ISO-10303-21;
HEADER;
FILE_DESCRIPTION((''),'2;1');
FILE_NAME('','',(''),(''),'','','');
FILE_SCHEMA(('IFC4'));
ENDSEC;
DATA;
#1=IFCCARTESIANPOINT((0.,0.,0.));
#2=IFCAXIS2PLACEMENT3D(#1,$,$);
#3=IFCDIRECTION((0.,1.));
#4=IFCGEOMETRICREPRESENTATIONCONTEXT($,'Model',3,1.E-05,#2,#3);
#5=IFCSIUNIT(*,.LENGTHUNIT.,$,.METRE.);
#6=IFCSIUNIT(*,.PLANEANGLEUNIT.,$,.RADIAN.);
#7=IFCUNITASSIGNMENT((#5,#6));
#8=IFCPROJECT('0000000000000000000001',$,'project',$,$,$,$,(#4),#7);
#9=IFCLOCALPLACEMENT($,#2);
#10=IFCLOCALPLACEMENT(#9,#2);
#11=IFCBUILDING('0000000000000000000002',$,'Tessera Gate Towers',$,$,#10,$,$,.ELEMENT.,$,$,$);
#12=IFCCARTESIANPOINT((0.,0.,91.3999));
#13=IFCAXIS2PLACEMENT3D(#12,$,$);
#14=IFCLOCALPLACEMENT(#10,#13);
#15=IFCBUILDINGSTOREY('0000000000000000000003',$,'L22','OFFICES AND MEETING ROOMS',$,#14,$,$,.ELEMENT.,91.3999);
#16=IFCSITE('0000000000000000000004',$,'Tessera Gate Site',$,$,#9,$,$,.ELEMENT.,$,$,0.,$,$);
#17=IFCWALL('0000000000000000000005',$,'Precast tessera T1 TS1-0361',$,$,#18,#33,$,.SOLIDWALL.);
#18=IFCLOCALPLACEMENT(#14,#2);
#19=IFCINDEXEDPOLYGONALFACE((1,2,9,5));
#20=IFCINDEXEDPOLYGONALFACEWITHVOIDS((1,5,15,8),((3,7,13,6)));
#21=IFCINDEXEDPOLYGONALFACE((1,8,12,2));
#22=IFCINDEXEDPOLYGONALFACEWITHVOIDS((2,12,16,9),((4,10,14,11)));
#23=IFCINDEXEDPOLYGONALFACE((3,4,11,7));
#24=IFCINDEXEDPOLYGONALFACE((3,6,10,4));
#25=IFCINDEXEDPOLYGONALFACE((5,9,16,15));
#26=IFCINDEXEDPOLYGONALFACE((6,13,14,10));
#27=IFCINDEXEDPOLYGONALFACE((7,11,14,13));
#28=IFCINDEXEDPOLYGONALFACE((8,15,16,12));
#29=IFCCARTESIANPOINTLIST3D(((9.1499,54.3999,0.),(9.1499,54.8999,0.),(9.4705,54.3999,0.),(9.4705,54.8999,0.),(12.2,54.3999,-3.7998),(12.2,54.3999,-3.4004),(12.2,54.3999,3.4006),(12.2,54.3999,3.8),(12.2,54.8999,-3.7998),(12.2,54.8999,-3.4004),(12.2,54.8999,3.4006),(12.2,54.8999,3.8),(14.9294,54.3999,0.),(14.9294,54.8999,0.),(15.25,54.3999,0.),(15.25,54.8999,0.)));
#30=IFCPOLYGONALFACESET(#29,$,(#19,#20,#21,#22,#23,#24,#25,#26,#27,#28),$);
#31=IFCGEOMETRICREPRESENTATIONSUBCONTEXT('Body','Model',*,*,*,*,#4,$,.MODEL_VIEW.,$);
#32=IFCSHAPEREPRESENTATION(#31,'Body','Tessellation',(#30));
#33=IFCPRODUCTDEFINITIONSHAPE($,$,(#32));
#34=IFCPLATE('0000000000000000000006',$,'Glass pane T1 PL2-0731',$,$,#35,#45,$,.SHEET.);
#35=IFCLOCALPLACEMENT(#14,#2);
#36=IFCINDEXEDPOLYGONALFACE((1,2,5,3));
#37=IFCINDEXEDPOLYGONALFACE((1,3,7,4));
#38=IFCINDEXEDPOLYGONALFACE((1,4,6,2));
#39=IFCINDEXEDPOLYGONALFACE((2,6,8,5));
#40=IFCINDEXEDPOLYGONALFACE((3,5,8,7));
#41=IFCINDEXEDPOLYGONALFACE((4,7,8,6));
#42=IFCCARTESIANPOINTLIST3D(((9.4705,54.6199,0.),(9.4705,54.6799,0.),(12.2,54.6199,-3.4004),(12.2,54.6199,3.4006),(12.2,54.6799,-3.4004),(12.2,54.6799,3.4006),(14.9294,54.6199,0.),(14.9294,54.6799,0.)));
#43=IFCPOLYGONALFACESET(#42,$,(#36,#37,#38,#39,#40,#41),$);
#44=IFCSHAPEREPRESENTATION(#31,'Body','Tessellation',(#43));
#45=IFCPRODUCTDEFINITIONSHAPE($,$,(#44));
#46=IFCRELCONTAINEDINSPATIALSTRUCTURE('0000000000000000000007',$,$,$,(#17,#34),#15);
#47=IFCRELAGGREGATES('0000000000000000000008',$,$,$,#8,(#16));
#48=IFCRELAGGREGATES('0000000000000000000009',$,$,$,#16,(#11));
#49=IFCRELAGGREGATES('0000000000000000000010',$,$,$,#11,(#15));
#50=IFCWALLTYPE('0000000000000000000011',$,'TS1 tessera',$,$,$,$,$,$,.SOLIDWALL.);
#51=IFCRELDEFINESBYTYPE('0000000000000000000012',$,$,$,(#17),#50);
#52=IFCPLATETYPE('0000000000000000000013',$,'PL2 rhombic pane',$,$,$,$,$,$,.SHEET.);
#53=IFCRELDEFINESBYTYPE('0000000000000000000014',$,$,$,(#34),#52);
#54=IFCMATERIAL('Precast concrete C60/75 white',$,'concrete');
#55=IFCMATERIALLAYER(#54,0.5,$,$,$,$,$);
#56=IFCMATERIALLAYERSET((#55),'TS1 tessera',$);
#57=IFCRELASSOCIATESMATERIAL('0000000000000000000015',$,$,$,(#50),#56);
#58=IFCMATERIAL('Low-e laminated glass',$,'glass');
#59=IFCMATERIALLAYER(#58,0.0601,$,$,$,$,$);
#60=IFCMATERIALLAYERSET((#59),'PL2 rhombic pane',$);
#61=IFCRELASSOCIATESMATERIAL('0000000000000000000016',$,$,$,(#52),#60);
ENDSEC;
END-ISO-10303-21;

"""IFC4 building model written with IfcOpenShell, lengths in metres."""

from ifc_helpers import new_model, si_unit, direction, frame, origin, place, context, subcontext, project, spatial, polyline, outline, extrude, source, transform, mapped, material, layer, layer_set, type_object, element, fill, save


model = new_model("IFC4")

# Units and contexts
model_context = context("Model", 3, precision=1e-05, world=origin(), true_north=direction((0.0, 1.0)))
body_context = subcontext(model_context, "Body", "Model", "MODEL_VIEW")
ifc_project = project(units=[si_unit("LENGTHUNIT", "METRE"), si_unit("PLANEANGLEUNIT", "RADIAN")], contexts=[model_context])

# Site, building, storey
site_placement = place(None, origin())
site = spatial("IfcSite", under=ifc_project, at=site_placement, Name="Tessera Gate Site", CompositionType="ELEMENT", RefElevation=0.0)
building_placement = place(site_placement, origin())
building = spatial("IfcBuilding", under=site, at=building_placement, Name="Tessera Gate Towers", CompositionType="ELEMENT")
storey_placement = place(building_placement, frame((0.0, 0.0, 91.3999)))
storey = spatial("IfcBuildingStorey", under=building, at=storey_placement, Name="L22", Description="OFFICES AND MEETING ROOMS", CompositionType="ELEMENT", Elevation=91.3999)

# Wall, opening, plate
ifc_material_1 = material(Name="Precast concrete C60/75 white", Category="concrete")
ifc_layer_1 = layer(ifc_material_1, 0.5)
ifc_layer_set_1 = layer_set([ifc_layer_1], Name="TS1 tessera")
wall_type_1 = type_object("IfcWallType", Name="TS1 tessera", PredefinedType="SOLIDWALL", material=ifc_layer_set_1)
shared_shape_1 = source(origin(), body_context, "Body", "SweptSolid", [
    extrude(outline(polyline([(3.05, 0.0), (6.1001, 3.7998), (3.05, 7.5999), (0.0, 3.7998), (3.05, 0.0)])), frame((0.0, 0.25, 0.0), z_axis=(0.0, -1.0, 0.0), x_axis=(1.0, 0.0, 0.0)), (0.0, 0.0, 1.0), 0.5),
])
shared_shape_2 = source(origin(), body_context, "Body", "SweptSolid", [
    extrude(outline(polyline([(3.05, 0.3994), (5.7795, 3.7998), (3.05, 7.2004), (0.3206, 3.7998), (3.05, 0.3994)])), frame((0.0, 0.26, 0.0), z_axis=(0.0, -1.0, 0.0), x_axis=(1.0, 0.0, 0.0)), (0.0, 0.0, 1.0), 0.52),
])
ifc_material_2 = material(Name="Low-e laminated glass", Category="glass")
ifc_layer_2 = layer(ifc_material_2, 0.0601)
ifc_layer_set_2 = layer_set([ifc_layer_2], Name="PL2 rhombic pane")
plate_type = type_object("IfcPlateType", Name="PL2 rhombic pane", PredefinedType="SHEET", material=ifc_layer_set_2)
shared_shape_3 = source(origin(), body_context, "Body", "SweptSolid", [
    extrude(outline(polyline([(3.05, 0.3994), (5.7795, 3.7998), (3.05, 7.2004), (0.3206, 3.7998), (3.05, 0.3994)])), frame((0.0, 0.03, 0.0), z_axis=(0.0, -1.0, 0.0), x_axis=(1.0, 0.0, 0.0)), (0.0, 0.0, 1.0), 0.0601),
])
wall_1_placement = place(storey_placement, frame((15.25, 54.6499, -3.7998), z_axis=(0.0, 0.0, 1.0), x_axis=(-1.0, 0.0, 0.0)))
wall_1 = element("IfcWall", 1, at=wall_1_placement, inside=storey, type_object=wall_type_1, Name="Precast tessera T1 TS1-0361", PredefinedType="SOLIDWALL", context=body_context, shape_type="MappedRepresentation", body=[
    mapped(shared_shape_1, transform((0.0, 0.0, 0.0), scale=1.0)),
])
opening_1_placement = place(wall_1_placement, origin())
opening_1 = element("IfcOpeningElement", 2, at=opening_1_placement, cuts=wall_1, PredefinedType="OPENING", context=body_context, shape_type="MappedRepresentation", body=[
    mapped(shared_shape_2, transform((0.0, 0.0, 0.0), scale=1.0)),
])
plate_1_placement = place(opening_1_placement, origin())
plate_1 = element("IfcPlate", 3, at=plate_1_placement, inside=storey, type_object=plate_type, Name="Glass pane T1 PL2-0731", PredefinedType="SHEET", context=body_context, shape_type="MappedRepresentation", body=[
    mapped(shared_shape_3, transform((0.0, 0.0, 0.0), scale=1.0)),
])
fill(opening_1, plate_1)

save(model, "model.ifc")
